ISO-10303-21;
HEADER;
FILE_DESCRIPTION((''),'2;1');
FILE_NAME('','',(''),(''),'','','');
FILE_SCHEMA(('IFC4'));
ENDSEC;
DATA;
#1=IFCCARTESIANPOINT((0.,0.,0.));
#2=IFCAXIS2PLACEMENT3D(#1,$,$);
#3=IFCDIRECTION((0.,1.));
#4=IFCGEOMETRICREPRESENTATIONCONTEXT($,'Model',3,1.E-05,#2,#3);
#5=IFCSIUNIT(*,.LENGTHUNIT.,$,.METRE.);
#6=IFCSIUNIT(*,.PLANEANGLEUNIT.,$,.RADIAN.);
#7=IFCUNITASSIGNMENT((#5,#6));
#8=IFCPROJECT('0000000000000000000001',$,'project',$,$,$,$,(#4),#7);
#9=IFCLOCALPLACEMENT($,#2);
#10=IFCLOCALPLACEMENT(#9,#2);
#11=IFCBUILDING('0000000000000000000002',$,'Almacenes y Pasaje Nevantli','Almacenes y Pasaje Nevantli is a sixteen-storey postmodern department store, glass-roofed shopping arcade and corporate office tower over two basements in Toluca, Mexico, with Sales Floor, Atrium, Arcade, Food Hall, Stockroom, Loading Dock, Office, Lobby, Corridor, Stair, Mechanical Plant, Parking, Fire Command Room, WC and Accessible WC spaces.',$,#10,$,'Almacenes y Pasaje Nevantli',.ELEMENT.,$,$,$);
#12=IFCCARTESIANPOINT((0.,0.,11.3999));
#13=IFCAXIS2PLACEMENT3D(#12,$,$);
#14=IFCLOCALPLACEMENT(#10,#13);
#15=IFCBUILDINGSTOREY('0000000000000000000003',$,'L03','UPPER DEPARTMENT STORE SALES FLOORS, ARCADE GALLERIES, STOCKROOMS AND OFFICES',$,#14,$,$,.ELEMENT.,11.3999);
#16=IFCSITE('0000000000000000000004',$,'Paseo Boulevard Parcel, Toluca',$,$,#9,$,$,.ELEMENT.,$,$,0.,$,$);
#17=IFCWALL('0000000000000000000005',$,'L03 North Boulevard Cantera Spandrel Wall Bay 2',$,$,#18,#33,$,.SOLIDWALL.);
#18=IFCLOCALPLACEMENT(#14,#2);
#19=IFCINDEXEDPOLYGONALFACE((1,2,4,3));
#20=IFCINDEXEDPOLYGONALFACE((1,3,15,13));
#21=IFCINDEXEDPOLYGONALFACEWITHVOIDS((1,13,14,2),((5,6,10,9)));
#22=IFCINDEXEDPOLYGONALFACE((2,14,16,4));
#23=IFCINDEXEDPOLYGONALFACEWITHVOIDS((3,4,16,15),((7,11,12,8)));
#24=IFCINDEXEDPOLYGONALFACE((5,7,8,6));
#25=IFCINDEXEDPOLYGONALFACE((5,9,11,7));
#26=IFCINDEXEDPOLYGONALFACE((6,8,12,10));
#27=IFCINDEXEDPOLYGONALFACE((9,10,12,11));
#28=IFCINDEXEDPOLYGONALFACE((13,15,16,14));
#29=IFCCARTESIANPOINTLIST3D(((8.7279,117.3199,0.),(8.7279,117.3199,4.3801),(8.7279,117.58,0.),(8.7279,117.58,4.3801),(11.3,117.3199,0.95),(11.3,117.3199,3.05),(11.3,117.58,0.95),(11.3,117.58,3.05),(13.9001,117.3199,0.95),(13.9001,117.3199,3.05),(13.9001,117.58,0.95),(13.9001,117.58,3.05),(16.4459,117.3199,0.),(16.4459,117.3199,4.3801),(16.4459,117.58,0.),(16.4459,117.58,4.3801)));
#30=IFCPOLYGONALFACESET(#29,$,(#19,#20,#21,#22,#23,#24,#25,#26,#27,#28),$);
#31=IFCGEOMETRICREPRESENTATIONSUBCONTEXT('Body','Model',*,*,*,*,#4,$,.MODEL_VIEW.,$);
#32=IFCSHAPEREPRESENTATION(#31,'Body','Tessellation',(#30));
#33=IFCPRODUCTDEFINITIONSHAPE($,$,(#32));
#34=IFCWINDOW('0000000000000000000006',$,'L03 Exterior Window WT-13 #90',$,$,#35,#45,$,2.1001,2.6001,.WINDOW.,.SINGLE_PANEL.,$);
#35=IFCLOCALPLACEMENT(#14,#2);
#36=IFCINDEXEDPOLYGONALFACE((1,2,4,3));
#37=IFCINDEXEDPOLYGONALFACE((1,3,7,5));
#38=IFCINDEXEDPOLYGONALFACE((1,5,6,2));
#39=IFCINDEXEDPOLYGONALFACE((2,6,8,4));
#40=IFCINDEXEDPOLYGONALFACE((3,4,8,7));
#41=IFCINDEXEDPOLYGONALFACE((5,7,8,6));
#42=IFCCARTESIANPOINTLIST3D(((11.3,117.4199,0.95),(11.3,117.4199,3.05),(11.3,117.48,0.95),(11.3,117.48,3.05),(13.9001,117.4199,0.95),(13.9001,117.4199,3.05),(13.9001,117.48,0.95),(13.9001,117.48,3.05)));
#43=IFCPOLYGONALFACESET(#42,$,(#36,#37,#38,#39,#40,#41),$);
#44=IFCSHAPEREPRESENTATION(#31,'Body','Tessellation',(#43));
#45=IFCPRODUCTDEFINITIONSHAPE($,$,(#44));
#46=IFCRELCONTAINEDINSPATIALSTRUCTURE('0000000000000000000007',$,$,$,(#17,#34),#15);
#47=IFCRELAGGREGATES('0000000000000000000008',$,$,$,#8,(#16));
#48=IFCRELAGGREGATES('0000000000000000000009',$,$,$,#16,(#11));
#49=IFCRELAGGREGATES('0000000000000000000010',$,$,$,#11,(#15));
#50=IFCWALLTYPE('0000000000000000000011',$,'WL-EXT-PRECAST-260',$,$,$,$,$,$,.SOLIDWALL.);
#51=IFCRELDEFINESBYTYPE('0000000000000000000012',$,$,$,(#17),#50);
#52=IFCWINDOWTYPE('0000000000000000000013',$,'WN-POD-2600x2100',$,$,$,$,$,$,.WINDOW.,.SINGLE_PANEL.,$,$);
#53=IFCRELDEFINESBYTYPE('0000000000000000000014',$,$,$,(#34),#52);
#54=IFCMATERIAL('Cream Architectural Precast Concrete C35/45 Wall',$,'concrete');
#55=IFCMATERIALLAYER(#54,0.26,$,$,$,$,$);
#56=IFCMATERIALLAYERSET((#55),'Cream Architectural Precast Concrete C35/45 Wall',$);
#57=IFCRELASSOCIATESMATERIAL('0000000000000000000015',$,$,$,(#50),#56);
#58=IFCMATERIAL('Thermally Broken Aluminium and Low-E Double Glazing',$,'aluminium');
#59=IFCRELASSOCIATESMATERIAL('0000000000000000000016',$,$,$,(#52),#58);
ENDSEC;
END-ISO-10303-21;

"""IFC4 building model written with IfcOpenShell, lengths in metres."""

from ifc_helpers import new_model, si_unit, direction, frame, frame_2d, origin, place, context, subcontext, project, spatial, rectangle, extrude, material, layer, layer_set, type_object, element, fill, save


model = new_model("IFC4")

# Units and contexts
model_context = context("Model", 3, precision=1e-05, world=origin(), true_north=direction((0.0, 1.0)))
body_context = subcontext(model_context, "Body", "Model", "MODEL_VIEW")
ifc_project = project(units=[si_unit("LENGTHUNIT", "METRE"), si_unit("PLANEANGLEUNIT", "RADIAN")], contexts=[model_context])

# Site, building, storey
site_placement = place(None, origin())
site = spatial("IfcSite", under=ifc_project, at=site_placement, Name="Paseo Boulevard Parcel, Toluca", CompositionType="ELEMENT", RefElevation=0.0)
building_placement = place(site_placement, origin())
building = spatial("IfcBuilding", under=site, at=building_placement, Name="Almacenes y Pasaje Nevantli", Description="Almacenes y Pasaje Nevantli is a sixteen-storey postmodern department store, glass-roofed shopping arcade and corporate office tower over two basements in Toluca, Mexico, with Sales Floor, Atrium, Arcade, Food Hall, Stockroom, Loading Dock, Office, Lobby, Corridor, Stair, Mechanical Plant, Parking, Fire Command Room, WC and Accessible WC spaces.", LongName="Almacenes y Pasaje Nevantli", CompositionType="ELEMENT")
storey_placement = place(building_placement, frame((0.0, 0.0, 11.3999)))
storey = spatial("IfcBuildingStorey", under=building, at=storey_placement, Name="L03", Description="UPPER DEPARTMENT STORE SALES FLOORS, ARCADE GALLERIES, STOCKROOMS AND OFFICES", CompositionType="ELEMENT", Elevation=11.3999)

# Wall, opening, window
ifc_material_1 = material(Name="Cream Architectural Precast Concrete C35/45 Wall", Category="concrete")
ifc_layer_1 = layer(ifc_material_1, 0.26)
ifc_layer_set_1 = layer_set([ifc_layer_1], Name="Cream Architectural Precast Concrete C35/45 Wall")
wall_type = type_object("IfcWallType", Name="WL-EXT-PRECAST-260", PredefinedType="SOLIDWALL", material=ifc_layer_set_1)
wall_placement = place(storey_placement, frame((8.728, 117.45, 0.0), z_axis=(0.0, 0.0, 1.0), x_axis=(1.0, 0.0, 0.0)))
wall = element("IfcWall", 1, at=wall_placement, inside=storey, type_object=wall_type, Name="L03 North Boulevard Cantera Spandrel Wall Bay 2", PredefinedType="SOLIDWALL", context=body_context, shape_type="SweptSolid", body=[
    extrude(rectangle(XDim=7.718, YDim=0.26, at=frame_2d((3.8589, 0.0))), origin(), (0.0, 0.0, 1.0), 4.3801),
])
opening_placement = place(wall_placement, frame((2.572, 0.0, 0.95)))
opening = element("IfcOpeningElement", 2, at=opening_placement, cuts=wall, PredefinedType="OPENING", context=body_context, shape_type="SweptSolid", body=[
    extrude(rectangle(XDim=2.6001, YDim=2.1001, at=frame_2d((1.3, 1.05))), frame((0.0, 0.1399, 0.0), z_axis=(0.0, -1.0, 0.0), x_axis=(1.0, 0.0, 0.0)), (0.0, 0.0, 1.0), 0.28),
])
ifc_material_2 = material(Name="Thermally Broken Aluminium and Low-E Double Glazing", Category="aluminium")
window_type = type_object("IfcWindowType", Name="WN-POD-2600x2100", PartitioningType="SINGLE_PANEL", PredefinedType="WINDOW", material=ifc_material_2)
window_placement = place(opening_placement, origin())
window = element("IfcWindow", 3, at=window_placement, inside=storey, type_object=window_type, Name="L03 Exterior Window WT-13 #90", OverallHeight=2.1001, OverallWidth=2.6001, PartitioningType="SINGLE_PANEL", PredefinedType="WINDOW", context=body_context, shape_type="SweptSolid", body=[
    extrude(rectangle(XDim=2.6001, YDim=2.1001, at=frame_2d((1.3, 1.05))), frame((0.0, 0.03, 0.0), z_axis=(0.0, -1.0, 0.0), x_axis=(1.0, 0.0, 0.0)), (0.0, 0.0, 1.0), 0.0601),
])
fill(opening, window)

save(model, "model.ifc")
